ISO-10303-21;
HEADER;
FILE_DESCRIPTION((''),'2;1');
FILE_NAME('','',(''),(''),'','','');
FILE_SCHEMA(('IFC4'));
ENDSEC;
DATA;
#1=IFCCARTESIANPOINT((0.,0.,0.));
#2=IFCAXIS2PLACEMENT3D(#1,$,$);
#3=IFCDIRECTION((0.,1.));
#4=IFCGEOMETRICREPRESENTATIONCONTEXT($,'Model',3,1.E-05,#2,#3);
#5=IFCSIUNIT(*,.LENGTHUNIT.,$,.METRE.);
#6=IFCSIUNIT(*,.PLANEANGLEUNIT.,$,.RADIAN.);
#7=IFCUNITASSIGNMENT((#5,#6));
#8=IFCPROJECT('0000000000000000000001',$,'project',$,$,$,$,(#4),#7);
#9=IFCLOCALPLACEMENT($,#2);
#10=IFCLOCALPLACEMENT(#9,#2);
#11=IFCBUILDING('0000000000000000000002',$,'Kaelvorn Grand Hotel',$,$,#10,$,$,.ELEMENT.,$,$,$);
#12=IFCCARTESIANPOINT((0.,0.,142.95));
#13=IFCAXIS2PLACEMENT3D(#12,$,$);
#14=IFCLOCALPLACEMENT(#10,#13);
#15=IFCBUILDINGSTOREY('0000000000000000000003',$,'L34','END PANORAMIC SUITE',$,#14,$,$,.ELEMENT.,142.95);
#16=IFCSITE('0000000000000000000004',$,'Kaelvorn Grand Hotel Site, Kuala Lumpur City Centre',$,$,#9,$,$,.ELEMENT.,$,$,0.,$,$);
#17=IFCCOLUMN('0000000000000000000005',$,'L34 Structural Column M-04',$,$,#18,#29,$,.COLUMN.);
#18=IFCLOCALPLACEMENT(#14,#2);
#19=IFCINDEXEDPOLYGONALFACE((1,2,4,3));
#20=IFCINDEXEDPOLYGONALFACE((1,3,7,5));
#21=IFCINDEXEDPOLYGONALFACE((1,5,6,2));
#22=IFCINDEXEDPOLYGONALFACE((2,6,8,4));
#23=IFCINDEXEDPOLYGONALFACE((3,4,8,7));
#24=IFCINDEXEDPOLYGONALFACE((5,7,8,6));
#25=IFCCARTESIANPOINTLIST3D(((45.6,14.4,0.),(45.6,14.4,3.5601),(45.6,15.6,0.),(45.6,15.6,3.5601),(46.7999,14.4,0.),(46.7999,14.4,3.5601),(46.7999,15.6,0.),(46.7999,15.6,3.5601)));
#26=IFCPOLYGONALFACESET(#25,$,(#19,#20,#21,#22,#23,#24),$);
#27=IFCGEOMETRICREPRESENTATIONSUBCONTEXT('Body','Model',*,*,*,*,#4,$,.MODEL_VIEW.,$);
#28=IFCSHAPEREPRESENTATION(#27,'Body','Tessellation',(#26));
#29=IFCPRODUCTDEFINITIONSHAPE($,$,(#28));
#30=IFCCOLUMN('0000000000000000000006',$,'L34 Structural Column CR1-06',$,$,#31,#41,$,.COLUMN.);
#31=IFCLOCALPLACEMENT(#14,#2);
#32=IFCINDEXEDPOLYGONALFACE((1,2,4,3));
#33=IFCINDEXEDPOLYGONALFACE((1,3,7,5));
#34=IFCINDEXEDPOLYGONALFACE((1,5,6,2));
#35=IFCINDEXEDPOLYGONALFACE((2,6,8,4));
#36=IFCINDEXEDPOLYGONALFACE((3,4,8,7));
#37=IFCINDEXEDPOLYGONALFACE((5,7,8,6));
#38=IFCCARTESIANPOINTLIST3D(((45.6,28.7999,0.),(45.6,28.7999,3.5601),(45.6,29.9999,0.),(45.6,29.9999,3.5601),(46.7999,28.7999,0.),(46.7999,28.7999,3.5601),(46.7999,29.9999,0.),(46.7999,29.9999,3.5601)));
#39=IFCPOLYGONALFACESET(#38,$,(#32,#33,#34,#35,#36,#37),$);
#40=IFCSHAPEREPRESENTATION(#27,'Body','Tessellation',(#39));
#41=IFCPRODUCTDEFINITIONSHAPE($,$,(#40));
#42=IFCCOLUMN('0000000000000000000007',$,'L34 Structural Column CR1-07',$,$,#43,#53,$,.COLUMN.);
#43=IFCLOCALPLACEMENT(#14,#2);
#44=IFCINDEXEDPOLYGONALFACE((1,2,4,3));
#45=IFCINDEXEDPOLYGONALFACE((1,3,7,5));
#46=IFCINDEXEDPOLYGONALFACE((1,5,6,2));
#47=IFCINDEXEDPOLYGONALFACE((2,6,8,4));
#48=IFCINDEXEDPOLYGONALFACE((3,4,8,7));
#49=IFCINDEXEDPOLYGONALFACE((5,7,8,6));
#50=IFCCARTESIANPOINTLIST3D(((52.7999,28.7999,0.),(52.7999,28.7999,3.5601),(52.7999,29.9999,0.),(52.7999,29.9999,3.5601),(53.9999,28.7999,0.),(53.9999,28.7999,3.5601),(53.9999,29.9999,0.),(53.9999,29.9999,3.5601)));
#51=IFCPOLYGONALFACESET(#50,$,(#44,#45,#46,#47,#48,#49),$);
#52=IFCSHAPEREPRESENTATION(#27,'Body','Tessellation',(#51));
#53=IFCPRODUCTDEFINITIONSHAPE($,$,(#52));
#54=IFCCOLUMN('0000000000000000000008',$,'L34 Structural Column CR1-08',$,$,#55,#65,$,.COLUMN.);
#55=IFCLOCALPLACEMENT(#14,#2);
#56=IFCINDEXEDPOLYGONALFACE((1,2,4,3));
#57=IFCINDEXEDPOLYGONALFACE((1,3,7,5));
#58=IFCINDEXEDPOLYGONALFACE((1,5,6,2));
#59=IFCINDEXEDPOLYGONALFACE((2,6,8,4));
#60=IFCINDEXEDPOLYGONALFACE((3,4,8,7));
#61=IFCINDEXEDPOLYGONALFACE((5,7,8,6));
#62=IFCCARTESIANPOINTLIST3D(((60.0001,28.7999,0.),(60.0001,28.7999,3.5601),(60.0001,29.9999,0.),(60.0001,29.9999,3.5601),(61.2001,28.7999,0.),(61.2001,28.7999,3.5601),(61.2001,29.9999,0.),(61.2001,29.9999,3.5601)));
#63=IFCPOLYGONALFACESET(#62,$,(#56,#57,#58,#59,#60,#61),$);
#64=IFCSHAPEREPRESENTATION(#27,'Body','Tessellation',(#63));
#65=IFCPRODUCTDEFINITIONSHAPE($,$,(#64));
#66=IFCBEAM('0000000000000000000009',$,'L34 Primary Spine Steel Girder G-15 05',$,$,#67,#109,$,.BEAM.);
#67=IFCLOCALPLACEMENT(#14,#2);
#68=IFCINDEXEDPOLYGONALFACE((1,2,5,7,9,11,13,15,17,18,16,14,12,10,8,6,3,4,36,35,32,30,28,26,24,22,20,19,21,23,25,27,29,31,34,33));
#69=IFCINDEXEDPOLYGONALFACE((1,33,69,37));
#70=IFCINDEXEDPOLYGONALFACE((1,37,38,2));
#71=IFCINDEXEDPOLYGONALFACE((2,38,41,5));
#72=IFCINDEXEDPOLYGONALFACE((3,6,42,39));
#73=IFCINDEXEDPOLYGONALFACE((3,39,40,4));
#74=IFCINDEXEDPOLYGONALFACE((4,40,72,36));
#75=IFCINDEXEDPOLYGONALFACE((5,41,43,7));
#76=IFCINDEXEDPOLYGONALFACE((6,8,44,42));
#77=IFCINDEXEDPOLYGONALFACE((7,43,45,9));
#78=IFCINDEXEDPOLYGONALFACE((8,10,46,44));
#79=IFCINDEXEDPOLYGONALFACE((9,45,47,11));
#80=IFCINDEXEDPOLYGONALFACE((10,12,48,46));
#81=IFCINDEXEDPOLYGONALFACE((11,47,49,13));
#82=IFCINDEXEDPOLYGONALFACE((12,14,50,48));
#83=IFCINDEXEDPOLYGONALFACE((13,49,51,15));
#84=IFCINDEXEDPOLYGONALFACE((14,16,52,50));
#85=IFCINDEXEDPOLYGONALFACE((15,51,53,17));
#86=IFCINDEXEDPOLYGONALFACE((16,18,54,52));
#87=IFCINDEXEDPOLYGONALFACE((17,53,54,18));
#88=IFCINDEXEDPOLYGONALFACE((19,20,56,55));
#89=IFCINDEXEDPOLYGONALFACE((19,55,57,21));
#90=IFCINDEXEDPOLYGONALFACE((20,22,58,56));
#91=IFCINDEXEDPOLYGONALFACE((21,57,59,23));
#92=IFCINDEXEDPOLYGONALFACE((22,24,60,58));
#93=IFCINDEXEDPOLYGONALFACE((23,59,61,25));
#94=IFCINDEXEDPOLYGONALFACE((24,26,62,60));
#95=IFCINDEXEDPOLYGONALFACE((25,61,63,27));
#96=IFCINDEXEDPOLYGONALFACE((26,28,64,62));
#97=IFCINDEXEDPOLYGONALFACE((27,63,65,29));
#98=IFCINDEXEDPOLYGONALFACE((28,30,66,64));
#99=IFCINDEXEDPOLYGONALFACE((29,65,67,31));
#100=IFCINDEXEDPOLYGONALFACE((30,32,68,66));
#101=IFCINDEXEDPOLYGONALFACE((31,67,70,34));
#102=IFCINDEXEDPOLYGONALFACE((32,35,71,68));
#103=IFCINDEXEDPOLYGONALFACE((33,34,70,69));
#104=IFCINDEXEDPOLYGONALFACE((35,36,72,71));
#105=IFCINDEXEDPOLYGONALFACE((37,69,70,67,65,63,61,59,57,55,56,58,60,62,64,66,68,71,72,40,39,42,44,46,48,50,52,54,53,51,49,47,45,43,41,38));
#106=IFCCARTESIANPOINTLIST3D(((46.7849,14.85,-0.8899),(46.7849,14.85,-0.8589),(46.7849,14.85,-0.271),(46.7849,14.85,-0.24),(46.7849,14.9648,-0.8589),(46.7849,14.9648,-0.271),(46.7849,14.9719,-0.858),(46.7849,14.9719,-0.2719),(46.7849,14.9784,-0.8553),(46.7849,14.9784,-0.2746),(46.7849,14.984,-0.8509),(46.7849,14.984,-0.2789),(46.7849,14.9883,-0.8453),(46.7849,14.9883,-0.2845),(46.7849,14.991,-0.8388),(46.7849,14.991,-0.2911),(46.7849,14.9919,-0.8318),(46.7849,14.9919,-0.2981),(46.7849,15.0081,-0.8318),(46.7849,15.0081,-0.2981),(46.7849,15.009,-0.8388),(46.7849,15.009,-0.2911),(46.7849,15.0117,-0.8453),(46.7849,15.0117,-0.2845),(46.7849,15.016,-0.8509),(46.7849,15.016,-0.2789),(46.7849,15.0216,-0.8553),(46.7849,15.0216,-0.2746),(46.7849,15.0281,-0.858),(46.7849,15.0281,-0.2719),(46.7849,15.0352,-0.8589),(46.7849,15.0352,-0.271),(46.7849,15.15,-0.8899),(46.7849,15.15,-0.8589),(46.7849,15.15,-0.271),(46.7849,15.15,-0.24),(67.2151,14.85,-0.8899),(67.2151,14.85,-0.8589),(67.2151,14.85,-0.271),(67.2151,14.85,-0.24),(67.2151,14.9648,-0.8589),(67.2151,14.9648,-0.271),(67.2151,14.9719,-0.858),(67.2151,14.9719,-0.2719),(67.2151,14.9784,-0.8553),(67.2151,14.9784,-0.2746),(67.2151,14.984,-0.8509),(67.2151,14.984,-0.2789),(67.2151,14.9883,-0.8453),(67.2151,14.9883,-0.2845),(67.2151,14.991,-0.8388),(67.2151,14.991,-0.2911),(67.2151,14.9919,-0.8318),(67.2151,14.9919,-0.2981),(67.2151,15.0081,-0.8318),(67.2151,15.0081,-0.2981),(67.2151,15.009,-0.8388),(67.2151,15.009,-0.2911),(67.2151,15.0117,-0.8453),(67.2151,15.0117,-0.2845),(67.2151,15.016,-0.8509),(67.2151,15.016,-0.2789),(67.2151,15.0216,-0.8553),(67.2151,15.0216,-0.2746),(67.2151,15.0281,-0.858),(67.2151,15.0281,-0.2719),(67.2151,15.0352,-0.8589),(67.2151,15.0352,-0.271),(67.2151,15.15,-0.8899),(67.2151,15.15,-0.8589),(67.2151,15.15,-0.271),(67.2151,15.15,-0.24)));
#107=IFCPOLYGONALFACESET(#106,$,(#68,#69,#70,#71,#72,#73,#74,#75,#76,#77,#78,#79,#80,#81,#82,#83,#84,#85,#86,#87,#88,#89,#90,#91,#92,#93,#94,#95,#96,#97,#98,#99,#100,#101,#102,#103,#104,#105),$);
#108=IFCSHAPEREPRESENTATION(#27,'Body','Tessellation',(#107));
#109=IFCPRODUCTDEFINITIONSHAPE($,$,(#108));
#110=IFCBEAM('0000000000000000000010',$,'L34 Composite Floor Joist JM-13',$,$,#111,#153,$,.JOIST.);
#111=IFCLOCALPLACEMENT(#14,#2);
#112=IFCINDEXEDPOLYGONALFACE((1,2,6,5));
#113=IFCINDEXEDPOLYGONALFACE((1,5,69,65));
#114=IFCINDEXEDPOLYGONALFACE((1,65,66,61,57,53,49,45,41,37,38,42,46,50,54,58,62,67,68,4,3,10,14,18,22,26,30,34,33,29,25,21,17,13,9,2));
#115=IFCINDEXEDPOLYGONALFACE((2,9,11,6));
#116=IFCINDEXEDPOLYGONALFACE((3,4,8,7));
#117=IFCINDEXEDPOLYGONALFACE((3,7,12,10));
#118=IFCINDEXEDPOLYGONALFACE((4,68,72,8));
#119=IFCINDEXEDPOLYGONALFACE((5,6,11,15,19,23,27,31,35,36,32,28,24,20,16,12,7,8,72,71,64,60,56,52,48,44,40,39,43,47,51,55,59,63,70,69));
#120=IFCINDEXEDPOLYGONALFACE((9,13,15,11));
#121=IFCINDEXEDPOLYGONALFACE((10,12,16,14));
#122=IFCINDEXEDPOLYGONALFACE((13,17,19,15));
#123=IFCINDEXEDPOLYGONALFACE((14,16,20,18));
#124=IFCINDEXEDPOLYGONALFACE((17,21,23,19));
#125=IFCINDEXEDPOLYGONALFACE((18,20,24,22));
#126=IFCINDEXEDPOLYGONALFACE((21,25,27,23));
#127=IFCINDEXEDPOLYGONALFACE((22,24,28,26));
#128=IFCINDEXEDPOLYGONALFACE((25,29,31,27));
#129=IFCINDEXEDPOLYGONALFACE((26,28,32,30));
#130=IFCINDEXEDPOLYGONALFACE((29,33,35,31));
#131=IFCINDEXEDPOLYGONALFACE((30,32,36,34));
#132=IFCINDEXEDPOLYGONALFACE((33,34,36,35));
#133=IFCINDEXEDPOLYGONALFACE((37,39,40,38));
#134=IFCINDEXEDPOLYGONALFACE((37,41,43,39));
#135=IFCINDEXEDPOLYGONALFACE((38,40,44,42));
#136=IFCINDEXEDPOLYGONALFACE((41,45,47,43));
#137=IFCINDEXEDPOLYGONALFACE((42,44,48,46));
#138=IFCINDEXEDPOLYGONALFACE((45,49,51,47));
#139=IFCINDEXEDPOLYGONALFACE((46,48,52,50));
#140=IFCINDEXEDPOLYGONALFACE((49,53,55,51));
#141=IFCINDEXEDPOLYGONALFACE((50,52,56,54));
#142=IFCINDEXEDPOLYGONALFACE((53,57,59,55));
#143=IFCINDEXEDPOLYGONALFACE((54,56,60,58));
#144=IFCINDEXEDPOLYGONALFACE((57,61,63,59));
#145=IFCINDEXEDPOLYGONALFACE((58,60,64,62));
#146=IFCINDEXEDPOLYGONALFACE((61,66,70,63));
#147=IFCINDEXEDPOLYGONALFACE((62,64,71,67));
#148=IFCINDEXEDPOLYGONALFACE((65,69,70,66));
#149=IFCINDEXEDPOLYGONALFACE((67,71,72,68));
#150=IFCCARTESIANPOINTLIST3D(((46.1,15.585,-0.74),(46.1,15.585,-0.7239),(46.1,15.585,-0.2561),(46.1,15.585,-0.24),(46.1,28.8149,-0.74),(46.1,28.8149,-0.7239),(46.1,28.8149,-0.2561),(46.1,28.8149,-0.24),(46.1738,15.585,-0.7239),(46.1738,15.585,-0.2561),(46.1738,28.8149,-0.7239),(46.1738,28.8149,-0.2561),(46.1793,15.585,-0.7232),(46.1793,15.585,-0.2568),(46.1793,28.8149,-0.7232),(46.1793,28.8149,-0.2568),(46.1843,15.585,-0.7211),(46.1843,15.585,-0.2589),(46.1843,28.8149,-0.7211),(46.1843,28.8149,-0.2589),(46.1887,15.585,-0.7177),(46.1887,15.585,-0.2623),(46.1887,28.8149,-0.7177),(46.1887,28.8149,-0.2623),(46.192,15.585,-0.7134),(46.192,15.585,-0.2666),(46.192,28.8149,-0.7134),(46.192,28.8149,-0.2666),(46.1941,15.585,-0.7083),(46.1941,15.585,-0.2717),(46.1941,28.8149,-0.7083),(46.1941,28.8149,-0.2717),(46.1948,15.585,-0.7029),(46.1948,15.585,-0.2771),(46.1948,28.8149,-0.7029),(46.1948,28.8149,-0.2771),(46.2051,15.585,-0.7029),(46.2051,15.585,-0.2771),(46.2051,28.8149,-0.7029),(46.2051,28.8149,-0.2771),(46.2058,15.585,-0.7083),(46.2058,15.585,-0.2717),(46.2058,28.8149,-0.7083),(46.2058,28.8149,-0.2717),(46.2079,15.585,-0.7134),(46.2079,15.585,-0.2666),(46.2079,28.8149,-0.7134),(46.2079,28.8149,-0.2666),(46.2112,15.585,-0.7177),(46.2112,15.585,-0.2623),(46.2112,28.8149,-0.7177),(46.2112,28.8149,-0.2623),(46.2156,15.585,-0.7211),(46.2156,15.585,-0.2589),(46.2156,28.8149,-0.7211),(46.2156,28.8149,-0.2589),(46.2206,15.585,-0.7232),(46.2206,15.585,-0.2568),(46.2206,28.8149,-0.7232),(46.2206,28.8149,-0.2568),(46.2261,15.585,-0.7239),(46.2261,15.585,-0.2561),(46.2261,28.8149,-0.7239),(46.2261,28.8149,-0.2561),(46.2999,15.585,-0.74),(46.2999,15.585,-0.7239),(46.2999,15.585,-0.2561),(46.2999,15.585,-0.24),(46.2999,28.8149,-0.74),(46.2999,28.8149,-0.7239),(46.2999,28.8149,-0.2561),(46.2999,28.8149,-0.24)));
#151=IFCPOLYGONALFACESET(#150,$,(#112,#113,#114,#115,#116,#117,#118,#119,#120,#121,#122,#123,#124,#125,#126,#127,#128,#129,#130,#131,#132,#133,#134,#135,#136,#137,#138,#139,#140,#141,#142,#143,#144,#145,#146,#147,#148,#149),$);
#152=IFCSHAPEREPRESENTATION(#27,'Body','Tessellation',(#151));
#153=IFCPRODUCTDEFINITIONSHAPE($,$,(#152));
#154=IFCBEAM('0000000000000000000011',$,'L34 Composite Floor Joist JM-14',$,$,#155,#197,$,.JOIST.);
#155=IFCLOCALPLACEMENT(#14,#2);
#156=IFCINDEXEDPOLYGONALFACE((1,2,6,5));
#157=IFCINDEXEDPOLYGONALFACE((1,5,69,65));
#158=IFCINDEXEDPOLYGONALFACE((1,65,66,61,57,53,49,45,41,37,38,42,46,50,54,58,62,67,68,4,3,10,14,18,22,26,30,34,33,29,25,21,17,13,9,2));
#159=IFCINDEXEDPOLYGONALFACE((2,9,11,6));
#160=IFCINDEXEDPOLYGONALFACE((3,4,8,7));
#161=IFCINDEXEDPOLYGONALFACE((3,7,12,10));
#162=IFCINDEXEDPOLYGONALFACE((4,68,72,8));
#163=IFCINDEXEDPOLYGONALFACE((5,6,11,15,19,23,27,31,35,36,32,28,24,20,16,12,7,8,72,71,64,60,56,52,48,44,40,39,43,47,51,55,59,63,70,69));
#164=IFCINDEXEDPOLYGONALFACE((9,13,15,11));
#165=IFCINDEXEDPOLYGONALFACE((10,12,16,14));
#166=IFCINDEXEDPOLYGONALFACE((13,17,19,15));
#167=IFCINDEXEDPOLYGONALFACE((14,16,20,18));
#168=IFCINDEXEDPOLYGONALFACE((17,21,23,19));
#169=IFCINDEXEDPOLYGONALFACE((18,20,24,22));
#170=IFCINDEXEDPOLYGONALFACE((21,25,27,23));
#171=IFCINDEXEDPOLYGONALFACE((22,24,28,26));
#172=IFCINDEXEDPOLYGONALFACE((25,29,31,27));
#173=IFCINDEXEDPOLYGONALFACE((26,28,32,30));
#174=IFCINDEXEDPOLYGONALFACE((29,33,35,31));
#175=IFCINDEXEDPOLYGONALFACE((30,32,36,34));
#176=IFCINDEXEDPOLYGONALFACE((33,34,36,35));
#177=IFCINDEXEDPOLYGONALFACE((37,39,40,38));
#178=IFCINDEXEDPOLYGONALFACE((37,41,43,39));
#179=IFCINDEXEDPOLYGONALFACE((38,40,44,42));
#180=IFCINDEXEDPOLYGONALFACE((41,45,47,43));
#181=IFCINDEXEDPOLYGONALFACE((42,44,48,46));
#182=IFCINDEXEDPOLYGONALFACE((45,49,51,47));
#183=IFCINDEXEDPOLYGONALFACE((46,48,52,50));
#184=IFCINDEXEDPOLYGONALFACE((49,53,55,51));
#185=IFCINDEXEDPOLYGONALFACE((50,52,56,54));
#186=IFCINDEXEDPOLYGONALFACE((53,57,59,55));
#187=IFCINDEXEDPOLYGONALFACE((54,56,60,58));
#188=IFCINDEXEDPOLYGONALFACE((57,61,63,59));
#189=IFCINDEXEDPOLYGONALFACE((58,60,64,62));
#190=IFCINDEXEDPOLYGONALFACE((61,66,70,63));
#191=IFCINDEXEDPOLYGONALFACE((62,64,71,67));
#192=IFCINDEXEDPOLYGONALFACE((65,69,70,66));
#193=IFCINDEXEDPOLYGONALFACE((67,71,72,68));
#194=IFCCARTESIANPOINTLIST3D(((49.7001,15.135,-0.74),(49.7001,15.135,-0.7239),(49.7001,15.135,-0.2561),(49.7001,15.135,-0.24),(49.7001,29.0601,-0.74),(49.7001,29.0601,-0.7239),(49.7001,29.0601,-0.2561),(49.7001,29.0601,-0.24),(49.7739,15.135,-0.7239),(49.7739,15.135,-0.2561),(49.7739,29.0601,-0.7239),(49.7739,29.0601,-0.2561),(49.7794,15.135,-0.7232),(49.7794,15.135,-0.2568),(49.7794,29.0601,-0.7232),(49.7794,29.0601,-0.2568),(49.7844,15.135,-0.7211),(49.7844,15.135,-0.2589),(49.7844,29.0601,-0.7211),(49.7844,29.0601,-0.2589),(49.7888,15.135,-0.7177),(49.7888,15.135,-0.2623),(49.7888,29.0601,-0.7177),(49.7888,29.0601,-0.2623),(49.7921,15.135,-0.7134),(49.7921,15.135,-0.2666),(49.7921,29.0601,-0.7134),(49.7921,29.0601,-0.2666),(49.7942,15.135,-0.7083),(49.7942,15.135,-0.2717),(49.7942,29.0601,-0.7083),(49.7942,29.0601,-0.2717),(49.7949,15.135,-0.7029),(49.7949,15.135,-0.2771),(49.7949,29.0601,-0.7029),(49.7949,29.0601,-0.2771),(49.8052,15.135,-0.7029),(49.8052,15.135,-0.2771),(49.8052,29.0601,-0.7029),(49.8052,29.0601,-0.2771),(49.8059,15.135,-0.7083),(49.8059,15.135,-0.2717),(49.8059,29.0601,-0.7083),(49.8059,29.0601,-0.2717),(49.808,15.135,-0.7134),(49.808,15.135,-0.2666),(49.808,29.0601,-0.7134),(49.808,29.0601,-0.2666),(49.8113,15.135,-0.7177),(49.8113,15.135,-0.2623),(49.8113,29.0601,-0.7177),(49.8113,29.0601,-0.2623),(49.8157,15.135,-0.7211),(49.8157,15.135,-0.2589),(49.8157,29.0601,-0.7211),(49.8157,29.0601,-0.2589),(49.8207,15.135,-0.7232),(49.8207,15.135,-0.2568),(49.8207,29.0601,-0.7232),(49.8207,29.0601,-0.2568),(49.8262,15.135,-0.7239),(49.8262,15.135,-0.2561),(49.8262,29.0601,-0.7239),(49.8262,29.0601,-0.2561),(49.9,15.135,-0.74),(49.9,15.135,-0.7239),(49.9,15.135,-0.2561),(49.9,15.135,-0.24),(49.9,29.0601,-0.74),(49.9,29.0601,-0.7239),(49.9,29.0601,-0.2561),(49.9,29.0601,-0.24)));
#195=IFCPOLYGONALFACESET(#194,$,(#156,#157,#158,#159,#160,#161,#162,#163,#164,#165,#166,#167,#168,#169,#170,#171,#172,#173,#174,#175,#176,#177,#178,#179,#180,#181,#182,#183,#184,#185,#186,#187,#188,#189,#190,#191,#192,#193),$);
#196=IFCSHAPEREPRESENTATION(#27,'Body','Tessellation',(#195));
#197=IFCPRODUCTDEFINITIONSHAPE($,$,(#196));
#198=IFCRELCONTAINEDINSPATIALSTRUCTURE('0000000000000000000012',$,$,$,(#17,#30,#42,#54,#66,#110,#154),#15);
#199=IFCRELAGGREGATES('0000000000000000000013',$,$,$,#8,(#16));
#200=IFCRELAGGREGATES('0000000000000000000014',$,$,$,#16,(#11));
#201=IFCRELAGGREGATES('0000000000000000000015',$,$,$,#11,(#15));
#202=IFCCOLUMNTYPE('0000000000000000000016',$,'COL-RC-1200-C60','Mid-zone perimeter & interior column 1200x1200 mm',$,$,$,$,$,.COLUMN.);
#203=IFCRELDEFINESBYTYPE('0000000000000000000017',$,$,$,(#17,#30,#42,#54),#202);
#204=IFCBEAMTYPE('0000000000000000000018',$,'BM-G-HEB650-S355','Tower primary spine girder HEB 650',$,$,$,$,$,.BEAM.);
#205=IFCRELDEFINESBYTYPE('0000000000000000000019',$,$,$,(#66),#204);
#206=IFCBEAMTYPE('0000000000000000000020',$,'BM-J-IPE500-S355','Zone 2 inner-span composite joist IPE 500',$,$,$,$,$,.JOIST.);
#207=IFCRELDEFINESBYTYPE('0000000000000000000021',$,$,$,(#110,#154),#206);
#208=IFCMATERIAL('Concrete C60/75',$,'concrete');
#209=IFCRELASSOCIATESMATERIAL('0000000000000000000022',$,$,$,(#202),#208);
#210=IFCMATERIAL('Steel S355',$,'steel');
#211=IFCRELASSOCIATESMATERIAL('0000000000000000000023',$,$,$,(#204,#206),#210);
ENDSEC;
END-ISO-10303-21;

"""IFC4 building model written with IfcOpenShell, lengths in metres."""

from ifc_helpers import new_model, si_unit, direction, frame, origin, origin_2d, place, context, subcontext, project, spatial, rectangle, i_section, extrude, material, material_profile, profile_set, type_object, element, save


model = new_model("IFC4")

# Units and contexts
model_context = context("Model", 3, precision=1e-05, world=origin(), true_north=direction((0.0, 1.0)))
body_context = subcontext(model_context, "Body", "Model", "MODEL_VIEW")
ifc_project = project(units=[si_unit("LENGTHUNIT", "METRE"), si_unit("PLANEANGLEUNIT", "RADIAN")], contexts=[model_context])

# Site, building, storey
site_placement = place(None, origin())
site = spatial("IfcSite", under=ifc_project, at=site_placement, Name="Kaelvorn Grand Hotel Site, Kuala Lumpur City Centre", CompositionType="ELEMENT", RefElevation=0.0)
building_placement = place(site_placement, origin())
building = spatial("IfcBuilding", under=site, at=building_placement, Name="Kaelvorn Grand Hotel", CompositionType="ELEMENT")
storey_placement = place(building_placement, frame((0.0, 0.0, 142.95)))
storey = spatial("IfcBuildingStorey", under=building, at=storey_placement, Name="L34", Description="END PANORAMIC SUITE", CompositionType="ELEMENT", Elevation=142.95)

# Columns
ifc_material_1 = material(Name="Concrete C60/75", Category="concrete")
ifc_material_profile_1 = material_profile(ifc_material_1, rectangle(XDim=1.2, YDim=1.2, at=origin_2d()), Name="RC COL 1200x1200")
ifc_profile_set_1 = profile_set([ifc_material_profile_1], Name="Concrete C60/75")
column_type = type_object("IfcColumnType", Name="COL-RC-1200-C60", Description="Mid-zone perimeter & interior column 1200x1200 mm", PredefinedType="COLUMN", material=ifc_profile_set_1)
for number, where, z_axis, x_axis, name in (
    (1, (46.2, 15.0, 0.0), (0.0, 0.0, 1.0), (1.0, 0.0, 0.0), "L34 Structural Column M-04"),
    (2, (46.2, 29.3999, 0.0), (0.0, 0.0, 1.0), (1.0, 0.0, 0.0), "L34 Structural Column CR1-06"),
    (3, (53.3999, 29.3999, 0.0), (0.0, 0.0, 1.0), (1.0, 0.0, 0.0), "L34 Structural Column CR1-07"),
    (4, (60.6001, 29.3999, 0.0), (0.0, 0.0, 1.0), (1.0, 0.0, 0.0), "L34 Structural Column CR1-08"),
):
    element("IfcColumn", number, at=place(storey_placement, frame(where, z_axis=z_axis, x_axis=x_axis)), inside=storey, type_object=column_type, Name=name, PredefinedType="COLUMN", context=body_context, shape_type="SweptSolid", body=[
        extrude(rectangle(XDim=1.2, YDim=1.2, at=origin_2d()), origin(), (0.0, 0.0, 1.0), 3.5601),
    ])

# Beams
ifc_material_2 = material(Name="Steel S355", Category="steel")
ifc_material_profile_2 = material_profile(ifc_material_2, i_section(OverallWidth=0.3, OverallDepth=0.6499, WebThickness=0.0161, FlangeThickness=0.031, FilletRadius=0.0271, at=origin_2d()), Name="HEB 650")
ifc_profile_set_2 = profile_set([ifc_material_profile_2], Name="Steel S355")
beam_type_1 = type_object("IfcBeamType", Name="BM-G-HEB650-S355", Description="Tower primary spine girder HEB 650", PredefinedType="BEAM", material=ifc_profile_set_2)
beam_1_placement = place(storey_placement, frame((46.7849, 15.0, -0.5649), z_axis=(1.0, 0.0, 0.0), x_axis=(0.0, 1.0, 0.0)))
element("IfcBeam", 5, at=beam_1_placement, inside=storey, type_object=beam_type_1, Name="L34 Primary Spine Steel Girder G-15 05", PredefinedType="BEAM", context=body_context, shape_type="SweptSolid", body=[
    extrude(i_section(OverallWidth=0.3, OverallDepth=0.6499, WebThickness=0.0161, FlangeThickness=0.031, FilletRadius=0.0271, at=origin_2d()), origin(), (0.0, 0.0, 1.0), 20.4302),
])
ifc_material_profile_3 = material_profile(ifc_material_2, i_section(OverallWidth=0.2, OverallDepth=0.5, WebThickness=0.0103, FlangeThickness=0.0161, FilletRadius=0.021, at=origin_2d()), Name="IPE 500")
ifc_profile_set_3 = profile_set([ifc_material_profile_3], Name="Steel S355")
beam_type_2 = type_object("IfcBeamType", Name="BM-J-IPE500-S355", Description="Zone 2 inner-span composite joist IPE 500", PredefinedType="JOIST", material=ifc_profile_set_3)
beam_2_placement = place(storey_placement, frame((46.2, 15.585, -0.49), z_axis=(0.0, 1.0, 0.0), x_axis=(-1.0, 0.0, 0.0)))
element("IfcBeam", 6, at=beam_2_placement, inside=storey, type_object=beam_type_2, Name="L34 Composite Floor Joist JM-13", PredefinedType="JOIST", context=body_context, shape_type="SweptSolid", body=[
    extrude(i_section(OverallWidth=0.2, OverallDepth=0.5, WebThickness=0.0103, FlangeThickness=0.0161, FilletRadius=0.021, at=origin_2d()), origin(), (0.0, 0.0, 1.0), 13.23),
])
beam_3_placement = place(storey_placement, frame((49.8, 15.135, -0.49), z_axis=(0.0, 1.0, 0.0), x_axis=(-1.0, 0.0, 0.0)))
element("IfcBeam", 7, at=beam_3_placement, inside=storey, type_object=beam_type_2, Name="L34 Composite Floor Joist JM-14", PredefinedType="JOIST", context=body_context, shape_type="SweptSolid", body=[
    extrude(i_section(OverallWidth=0.2, OverallDepth=0.5, WebThickness=0.0103, FlangeThickness=0.0161, FilletRadius=0.021, at=origin_2d()), origin(), (0.0, 0.0, 1.0), 13.925),
])

save(model, "model.ifc")
